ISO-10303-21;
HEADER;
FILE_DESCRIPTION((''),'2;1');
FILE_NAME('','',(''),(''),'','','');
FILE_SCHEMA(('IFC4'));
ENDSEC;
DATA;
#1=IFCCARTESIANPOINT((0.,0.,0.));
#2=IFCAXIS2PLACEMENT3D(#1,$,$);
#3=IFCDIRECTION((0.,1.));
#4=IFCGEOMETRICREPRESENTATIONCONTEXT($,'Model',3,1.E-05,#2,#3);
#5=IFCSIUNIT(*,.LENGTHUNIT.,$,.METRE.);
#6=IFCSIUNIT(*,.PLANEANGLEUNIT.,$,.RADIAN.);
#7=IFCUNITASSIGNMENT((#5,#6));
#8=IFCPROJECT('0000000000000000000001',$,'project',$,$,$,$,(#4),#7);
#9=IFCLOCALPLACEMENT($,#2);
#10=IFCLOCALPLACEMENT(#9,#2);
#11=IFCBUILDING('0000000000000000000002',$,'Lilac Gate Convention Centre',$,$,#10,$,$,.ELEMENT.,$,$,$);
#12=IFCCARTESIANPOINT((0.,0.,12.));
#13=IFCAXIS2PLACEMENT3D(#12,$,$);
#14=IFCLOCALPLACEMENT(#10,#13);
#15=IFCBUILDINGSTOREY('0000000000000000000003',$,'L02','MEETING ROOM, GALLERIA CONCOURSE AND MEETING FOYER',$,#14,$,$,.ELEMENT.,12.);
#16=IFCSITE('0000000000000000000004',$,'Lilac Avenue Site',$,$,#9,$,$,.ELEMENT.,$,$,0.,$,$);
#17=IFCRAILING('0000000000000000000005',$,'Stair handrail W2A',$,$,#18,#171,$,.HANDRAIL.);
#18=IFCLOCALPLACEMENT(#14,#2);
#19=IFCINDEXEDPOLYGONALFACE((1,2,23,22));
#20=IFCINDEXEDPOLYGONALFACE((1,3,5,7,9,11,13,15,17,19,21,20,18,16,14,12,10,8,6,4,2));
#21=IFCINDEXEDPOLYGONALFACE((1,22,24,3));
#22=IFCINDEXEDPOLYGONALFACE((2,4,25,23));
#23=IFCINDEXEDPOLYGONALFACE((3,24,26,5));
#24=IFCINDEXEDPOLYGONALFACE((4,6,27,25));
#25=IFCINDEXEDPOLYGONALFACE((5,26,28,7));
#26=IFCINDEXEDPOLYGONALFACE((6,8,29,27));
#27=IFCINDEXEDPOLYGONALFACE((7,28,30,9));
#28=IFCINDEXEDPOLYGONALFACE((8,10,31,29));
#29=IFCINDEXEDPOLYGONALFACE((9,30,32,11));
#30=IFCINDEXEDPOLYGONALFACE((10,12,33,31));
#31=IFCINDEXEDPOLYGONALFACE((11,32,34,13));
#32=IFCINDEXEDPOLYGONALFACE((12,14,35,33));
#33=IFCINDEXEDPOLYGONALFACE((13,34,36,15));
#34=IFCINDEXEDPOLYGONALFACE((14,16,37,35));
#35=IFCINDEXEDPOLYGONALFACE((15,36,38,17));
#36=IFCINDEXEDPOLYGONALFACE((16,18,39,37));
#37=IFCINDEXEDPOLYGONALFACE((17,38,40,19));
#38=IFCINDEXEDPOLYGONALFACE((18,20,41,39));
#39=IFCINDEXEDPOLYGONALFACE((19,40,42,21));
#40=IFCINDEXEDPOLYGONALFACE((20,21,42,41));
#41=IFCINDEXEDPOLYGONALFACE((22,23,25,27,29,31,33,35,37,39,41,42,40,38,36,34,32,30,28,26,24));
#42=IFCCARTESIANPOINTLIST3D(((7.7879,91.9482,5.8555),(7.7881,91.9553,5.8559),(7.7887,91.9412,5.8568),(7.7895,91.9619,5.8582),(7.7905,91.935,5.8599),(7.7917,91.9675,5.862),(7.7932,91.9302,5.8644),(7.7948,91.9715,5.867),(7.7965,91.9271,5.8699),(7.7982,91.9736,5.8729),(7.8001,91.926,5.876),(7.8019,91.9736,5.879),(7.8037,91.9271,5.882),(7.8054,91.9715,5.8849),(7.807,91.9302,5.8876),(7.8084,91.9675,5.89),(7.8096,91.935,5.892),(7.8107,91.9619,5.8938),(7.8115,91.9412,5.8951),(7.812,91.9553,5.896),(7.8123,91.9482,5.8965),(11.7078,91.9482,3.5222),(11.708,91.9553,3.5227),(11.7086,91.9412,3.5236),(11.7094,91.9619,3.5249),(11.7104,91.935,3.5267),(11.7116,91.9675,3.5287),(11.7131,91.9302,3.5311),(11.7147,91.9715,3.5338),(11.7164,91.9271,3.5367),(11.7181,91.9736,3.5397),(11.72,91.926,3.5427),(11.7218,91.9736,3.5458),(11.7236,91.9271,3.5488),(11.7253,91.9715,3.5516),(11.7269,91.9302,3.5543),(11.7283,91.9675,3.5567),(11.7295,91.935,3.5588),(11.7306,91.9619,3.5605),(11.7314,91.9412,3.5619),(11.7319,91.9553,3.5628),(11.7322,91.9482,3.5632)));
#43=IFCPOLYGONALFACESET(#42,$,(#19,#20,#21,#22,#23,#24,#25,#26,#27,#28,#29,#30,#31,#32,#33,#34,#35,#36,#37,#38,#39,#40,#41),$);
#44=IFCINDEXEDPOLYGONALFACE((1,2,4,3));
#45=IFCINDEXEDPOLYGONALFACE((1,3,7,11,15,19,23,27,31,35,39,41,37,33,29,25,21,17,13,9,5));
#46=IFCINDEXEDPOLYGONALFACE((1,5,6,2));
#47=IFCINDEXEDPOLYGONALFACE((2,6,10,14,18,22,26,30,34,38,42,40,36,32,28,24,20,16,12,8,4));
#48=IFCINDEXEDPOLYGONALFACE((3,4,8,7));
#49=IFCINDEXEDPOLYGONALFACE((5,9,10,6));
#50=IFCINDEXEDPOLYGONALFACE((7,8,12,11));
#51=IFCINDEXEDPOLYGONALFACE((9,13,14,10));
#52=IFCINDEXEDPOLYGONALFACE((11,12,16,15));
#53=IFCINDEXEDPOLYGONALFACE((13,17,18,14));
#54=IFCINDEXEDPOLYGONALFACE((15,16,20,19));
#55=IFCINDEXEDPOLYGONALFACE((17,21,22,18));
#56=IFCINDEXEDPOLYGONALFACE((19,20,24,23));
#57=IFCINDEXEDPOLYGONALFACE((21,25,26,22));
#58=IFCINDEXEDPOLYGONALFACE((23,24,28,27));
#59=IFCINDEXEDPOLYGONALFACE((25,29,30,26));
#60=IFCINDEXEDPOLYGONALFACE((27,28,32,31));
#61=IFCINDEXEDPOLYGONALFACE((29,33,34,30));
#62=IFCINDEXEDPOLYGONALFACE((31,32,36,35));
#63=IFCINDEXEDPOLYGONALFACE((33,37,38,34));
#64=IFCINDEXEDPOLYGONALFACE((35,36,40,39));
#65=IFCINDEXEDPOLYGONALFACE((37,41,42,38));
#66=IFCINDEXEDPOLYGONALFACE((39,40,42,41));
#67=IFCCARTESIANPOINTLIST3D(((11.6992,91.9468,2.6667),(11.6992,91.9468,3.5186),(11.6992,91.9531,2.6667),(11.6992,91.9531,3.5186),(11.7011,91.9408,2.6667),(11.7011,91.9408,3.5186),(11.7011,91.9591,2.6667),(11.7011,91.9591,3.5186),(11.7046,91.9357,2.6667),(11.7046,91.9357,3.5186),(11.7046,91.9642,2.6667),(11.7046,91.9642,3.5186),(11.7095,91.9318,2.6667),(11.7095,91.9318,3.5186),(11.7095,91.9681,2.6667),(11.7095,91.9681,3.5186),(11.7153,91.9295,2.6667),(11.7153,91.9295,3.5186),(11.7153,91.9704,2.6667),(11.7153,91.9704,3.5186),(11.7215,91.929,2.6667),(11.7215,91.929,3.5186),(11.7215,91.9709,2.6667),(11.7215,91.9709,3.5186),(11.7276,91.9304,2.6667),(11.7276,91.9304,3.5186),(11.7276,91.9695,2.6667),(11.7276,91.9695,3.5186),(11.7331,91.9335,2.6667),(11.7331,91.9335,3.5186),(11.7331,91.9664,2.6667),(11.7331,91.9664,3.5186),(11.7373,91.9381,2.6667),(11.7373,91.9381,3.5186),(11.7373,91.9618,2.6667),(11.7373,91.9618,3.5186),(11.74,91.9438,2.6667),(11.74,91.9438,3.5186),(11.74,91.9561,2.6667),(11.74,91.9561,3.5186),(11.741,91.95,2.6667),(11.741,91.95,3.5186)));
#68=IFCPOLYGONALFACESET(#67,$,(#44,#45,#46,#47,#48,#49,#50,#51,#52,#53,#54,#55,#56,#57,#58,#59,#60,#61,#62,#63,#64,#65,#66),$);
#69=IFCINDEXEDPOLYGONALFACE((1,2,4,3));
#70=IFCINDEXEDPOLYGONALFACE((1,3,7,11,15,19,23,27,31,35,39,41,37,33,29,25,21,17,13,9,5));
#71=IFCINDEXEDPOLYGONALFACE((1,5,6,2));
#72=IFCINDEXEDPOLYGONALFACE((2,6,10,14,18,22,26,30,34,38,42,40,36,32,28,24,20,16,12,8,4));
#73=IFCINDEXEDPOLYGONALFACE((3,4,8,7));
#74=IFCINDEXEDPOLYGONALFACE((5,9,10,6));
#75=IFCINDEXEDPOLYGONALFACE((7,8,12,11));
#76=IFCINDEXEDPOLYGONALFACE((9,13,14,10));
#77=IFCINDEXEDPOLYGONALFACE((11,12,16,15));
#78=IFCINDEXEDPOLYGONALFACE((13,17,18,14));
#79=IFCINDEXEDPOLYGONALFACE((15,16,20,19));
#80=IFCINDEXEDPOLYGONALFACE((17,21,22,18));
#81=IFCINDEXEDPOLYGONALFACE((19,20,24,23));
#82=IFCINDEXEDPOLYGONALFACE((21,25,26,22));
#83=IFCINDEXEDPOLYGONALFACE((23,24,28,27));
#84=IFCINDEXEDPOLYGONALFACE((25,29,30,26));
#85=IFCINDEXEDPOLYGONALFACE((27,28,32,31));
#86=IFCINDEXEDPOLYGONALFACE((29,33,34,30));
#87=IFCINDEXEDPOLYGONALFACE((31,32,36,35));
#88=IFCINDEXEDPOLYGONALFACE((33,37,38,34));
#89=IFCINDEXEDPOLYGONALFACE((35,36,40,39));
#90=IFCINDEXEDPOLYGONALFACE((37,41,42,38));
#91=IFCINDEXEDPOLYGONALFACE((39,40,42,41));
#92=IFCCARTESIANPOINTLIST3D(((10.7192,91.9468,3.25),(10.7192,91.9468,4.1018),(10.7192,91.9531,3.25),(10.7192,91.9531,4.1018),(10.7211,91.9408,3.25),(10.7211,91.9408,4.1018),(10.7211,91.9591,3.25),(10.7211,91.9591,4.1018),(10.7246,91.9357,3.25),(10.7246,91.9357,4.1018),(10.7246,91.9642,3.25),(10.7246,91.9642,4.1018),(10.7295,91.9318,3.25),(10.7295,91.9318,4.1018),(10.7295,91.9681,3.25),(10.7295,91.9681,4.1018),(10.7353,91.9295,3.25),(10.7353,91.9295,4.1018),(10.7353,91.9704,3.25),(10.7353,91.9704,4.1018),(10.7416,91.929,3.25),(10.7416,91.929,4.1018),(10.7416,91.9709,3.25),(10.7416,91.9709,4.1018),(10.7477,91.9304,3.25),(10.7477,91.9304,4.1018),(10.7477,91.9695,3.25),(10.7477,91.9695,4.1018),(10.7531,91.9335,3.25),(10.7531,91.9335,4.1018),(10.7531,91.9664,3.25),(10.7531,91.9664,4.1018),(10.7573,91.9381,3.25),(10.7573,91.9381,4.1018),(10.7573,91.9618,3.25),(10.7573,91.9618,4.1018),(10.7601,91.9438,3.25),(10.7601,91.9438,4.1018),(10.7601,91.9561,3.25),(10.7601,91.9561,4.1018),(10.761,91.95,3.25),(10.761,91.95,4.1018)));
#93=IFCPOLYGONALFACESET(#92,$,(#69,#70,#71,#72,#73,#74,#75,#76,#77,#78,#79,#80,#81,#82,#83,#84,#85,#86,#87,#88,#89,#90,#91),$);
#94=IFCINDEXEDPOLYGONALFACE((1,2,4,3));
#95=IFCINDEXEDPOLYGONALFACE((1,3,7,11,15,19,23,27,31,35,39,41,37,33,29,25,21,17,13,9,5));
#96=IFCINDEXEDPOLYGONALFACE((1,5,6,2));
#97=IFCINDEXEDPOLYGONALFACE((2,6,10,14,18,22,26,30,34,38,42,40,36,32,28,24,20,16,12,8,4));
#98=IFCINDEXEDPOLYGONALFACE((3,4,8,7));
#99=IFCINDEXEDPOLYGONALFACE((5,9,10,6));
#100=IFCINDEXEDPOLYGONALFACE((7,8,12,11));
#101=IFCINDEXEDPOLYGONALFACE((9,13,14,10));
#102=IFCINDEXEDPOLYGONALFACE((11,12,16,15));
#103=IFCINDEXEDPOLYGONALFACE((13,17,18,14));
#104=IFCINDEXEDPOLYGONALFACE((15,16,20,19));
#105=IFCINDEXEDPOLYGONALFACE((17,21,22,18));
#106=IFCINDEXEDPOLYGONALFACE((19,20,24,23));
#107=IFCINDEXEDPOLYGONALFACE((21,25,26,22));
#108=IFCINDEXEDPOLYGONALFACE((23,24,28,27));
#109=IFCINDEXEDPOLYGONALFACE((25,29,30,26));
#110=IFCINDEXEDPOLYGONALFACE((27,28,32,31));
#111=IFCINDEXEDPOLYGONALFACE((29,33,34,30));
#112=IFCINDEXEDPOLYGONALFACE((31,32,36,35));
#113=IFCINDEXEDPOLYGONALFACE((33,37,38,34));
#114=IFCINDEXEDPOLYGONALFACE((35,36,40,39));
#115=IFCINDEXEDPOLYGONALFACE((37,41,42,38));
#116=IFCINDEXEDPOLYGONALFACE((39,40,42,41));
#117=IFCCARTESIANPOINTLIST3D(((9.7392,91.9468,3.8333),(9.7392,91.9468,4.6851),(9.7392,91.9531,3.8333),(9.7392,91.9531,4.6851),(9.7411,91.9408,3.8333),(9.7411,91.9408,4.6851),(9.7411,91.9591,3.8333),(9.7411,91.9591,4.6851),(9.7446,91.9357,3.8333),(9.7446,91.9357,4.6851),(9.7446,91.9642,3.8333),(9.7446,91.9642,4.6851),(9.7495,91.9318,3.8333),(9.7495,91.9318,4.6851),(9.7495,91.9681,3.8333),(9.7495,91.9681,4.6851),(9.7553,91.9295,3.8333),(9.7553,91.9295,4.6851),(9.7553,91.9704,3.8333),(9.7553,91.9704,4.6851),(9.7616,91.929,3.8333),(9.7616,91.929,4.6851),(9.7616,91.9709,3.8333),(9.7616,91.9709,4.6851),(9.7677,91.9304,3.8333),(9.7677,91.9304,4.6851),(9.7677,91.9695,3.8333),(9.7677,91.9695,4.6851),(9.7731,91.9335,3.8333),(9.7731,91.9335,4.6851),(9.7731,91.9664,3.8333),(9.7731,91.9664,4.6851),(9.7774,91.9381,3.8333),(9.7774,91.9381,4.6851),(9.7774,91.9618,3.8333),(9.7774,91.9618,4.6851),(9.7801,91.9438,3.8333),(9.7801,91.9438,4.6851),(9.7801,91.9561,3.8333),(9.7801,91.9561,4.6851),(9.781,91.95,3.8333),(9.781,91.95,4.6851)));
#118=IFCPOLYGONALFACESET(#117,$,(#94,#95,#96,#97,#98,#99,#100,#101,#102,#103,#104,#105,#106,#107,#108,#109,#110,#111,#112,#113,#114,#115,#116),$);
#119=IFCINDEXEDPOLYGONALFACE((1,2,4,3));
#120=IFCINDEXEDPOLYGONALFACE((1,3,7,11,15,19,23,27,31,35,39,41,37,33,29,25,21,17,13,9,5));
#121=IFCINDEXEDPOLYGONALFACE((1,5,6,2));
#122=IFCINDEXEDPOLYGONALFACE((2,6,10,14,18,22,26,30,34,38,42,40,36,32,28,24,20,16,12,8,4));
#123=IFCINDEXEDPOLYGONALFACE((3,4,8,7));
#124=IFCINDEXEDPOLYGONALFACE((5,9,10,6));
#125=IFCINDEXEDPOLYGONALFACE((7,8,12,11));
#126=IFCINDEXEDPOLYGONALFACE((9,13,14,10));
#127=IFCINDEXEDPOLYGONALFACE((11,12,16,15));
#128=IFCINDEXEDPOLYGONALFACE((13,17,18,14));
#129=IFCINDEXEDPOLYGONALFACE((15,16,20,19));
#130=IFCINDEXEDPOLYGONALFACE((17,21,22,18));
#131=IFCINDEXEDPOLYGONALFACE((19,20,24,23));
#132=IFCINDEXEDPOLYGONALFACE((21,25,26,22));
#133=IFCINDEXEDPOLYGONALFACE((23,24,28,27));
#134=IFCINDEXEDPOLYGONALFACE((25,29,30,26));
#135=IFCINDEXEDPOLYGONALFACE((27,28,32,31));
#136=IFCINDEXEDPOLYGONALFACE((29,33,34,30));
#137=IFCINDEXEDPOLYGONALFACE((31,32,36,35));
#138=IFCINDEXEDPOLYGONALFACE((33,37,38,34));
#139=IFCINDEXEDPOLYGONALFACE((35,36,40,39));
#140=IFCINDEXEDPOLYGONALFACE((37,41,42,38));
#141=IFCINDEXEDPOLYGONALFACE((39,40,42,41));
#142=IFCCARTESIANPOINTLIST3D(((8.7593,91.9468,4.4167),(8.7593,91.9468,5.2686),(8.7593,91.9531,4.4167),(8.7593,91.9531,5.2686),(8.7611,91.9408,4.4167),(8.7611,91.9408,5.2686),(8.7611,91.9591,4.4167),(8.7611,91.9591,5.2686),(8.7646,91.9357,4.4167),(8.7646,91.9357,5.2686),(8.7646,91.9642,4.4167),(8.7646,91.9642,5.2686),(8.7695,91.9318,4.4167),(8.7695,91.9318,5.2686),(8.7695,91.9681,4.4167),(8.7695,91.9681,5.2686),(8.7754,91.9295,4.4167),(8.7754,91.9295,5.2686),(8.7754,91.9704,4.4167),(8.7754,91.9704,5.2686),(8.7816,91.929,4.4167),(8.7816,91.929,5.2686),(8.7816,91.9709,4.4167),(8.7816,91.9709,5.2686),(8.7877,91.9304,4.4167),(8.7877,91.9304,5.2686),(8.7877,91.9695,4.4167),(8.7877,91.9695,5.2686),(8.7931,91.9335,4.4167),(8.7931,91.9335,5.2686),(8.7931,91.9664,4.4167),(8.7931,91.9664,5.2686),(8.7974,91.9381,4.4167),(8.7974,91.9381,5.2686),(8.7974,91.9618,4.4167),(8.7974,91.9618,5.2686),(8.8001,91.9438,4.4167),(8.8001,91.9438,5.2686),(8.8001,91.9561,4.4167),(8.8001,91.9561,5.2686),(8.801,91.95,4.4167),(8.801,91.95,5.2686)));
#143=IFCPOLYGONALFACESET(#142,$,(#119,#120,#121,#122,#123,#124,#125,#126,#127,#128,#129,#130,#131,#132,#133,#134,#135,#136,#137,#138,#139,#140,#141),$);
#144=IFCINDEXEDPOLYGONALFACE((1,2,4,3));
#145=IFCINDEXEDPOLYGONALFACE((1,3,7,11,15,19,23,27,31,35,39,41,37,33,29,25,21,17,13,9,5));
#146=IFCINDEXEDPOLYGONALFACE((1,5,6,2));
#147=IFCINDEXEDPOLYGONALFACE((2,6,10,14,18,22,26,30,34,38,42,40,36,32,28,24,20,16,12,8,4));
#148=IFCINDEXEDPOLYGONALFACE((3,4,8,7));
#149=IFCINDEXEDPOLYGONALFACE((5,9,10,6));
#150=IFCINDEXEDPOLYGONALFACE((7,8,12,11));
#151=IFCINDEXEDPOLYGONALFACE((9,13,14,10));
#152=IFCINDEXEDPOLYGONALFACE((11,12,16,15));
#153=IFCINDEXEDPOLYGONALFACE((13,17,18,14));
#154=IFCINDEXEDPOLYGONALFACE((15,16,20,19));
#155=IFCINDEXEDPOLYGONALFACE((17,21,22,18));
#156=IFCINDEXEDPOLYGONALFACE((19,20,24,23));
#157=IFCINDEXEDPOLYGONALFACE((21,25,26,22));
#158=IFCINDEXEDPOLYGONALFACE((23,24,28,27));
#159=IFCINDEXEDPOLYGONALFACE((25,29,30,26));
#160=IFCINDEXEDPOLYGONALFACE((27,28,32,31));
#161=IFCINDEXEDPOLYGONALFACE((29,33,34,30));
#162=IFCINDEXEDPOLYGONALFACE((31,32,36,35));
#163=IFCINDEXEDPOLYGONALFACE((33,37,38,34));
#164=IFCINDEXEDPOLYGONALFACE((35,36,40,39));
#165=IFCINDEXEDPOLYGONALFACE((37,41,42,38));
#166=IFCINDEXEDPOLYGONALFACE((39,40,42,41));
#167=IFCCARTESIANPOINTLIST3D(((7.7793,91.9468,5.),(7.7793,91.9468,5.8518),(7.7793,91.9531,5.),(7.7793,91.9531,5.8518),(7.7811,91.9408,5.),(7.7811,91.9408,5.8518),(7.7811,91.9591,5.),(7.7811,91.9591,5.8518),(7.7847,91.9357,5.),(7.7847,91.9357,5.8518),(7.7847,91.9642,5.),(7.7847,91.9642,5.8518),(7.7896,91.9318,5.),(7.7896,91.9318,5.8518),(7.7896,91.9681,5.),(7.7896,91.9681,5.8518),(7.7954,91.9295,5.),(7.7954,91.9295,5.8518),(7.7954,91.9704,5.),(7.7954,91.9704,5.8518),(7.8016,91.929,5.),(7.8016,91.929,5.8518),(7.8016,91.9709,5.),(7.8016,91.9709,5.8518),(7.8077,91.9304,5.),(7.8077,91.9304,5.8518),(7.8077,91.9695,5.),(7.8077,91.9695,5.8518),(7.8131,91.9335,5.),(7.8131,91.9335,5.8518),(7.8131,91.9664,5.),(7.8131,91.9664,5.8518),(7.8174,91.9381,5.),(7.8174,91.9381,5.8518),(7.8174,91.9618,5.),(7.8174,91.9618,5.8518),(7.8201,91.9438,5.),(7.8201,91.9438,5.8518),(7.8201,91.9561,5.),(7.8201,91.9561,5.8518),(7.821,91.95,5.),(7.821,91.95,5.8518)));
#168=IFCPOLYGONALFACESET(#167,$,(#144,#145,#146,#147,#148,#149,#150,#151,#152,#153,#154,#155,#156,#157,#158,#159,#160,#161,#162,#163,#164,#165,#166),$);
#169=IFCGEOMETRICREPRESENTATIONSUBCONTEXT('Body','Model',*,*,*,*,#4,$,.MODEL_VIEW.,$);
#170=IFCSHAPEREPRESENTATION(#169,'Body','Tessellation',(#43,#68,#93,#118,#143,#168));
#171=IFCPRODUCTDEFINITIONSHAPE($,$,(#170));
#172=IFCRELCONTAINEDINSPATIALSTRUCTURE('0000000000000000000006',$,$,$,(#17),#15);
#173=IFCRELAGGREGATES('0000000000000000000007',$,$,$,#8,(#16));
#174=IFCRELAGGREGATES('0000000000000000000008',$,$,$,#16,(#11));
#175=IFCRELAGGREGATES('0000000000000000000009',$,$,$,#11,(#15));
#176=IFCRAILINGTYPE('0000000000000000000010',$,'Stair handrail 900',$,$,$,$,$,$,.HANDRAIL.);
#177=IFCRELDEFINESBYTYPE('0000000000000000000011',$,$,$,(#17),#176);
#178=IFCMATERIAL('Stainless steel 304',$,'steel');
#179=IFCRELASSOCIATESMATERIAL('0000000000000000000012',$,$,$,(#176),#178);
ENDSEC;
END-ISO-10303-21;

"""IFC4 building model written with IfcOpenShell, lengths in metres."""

from ifc_helpers import new_model, si_unit, direction, frame, origin, origin_2d, place, context, subcontext, project, spatial, circle, extrude, material, type_object, element, save


model = new_model("IFC4")

# Units and contexts
model_context = context("Model", 3, precision=1e-05, world=origin(), true_north=direction((0.0, 1.0)))
body_context = subcontext(model_context, "Body", "Model", "MODEL_VIEW")
ifc_project = project(units=[si_unit("LENGTHUNIT", "METRE"), si_unit("PLANEANGLEUNIT", "RADIAN")], contexts=[model_context])

# Site, building, storey
site_placement = place(None, origin())
site = spatial("IfcSite", under=ifc_project, at=site_placement, Name="Lilac Avenue Site", CompositionType="ELEMENT", RefElevation=0.0)
building_placement = place(site_placement, origin())
building = spatial("IfcBuilding", under=site, at=building_placement, Name="Lilac Gate Convention Centre", CompositionType="ELEMENT")
storey_placement = place(building_placement, frame((0.0, 0.0, 12.0)))
storey = spatial("IfcBuildingStorey", under=building, at=storey_placement, Name="L02", Description="MEETING ROOM, GALLERIA CONCOURSE AND MEETING FOYER", CompositionType="ELEMENT", Elevation=12.0)

# Shared definitions
ifc_material_1 = material(Name="Stainless steel 304", Category="steel")

# Railing
railing_type = type_object("IfcRailingType", Name="Stair handrail 900", PredefinedType="HANDRAIL", material=ifc_material_1)
for number, where, name in (
    (1, (11.72, 91.95, 2.6667), "Stair handrail W2A"),
):
    element("IfcRailing", number, at=place(storey_placement, frame(where)), inside=storey, type_object=railing_type, Name=name, PredefinedType="HANDRAIL", context=body_context, shape_type="SweptSolid", body=[
        extrude(circle(Radius=0.0239, at=origin_2d()), frame((0.0, 0.0, 0.876), z_axis=(-0.859296, 0.0, 0.511478), x_axis=(0.0, -1.0, 0.0)), (0.0, 0.0, 1.0), 4.5618),
        extrude(circle(Radius=0.021, at=origin_2d()), origin(), (0.0, 0.0, 1.0), 0.8518),
        extrude(circle(Radius=0.021, at=origin_2d()), frame((-0.98, 0.0, 0.5833)), (0.0, 0.0, 1.0), 0.8518),
        extrude(circle(Radius=0.021, at=origin_2d()), frame((-1.96, 0.0, 1.1665)), (0.0, 0.0, 1.0), 0.8518),
        extrude(circle(Radius=0.021, at=origin_2d()), frame((-2.9399, 0.0, 1.75)), (0.0, 0.0, 1.0), 0.8518),
        extrude(circle(Radius=0.021, at=origin_2d()), frame((-3.9199, 0.0, 2.3333)), (0.0, 0.0, 1.0), 0.8518),
    ])

save(model, "model.ifc")
